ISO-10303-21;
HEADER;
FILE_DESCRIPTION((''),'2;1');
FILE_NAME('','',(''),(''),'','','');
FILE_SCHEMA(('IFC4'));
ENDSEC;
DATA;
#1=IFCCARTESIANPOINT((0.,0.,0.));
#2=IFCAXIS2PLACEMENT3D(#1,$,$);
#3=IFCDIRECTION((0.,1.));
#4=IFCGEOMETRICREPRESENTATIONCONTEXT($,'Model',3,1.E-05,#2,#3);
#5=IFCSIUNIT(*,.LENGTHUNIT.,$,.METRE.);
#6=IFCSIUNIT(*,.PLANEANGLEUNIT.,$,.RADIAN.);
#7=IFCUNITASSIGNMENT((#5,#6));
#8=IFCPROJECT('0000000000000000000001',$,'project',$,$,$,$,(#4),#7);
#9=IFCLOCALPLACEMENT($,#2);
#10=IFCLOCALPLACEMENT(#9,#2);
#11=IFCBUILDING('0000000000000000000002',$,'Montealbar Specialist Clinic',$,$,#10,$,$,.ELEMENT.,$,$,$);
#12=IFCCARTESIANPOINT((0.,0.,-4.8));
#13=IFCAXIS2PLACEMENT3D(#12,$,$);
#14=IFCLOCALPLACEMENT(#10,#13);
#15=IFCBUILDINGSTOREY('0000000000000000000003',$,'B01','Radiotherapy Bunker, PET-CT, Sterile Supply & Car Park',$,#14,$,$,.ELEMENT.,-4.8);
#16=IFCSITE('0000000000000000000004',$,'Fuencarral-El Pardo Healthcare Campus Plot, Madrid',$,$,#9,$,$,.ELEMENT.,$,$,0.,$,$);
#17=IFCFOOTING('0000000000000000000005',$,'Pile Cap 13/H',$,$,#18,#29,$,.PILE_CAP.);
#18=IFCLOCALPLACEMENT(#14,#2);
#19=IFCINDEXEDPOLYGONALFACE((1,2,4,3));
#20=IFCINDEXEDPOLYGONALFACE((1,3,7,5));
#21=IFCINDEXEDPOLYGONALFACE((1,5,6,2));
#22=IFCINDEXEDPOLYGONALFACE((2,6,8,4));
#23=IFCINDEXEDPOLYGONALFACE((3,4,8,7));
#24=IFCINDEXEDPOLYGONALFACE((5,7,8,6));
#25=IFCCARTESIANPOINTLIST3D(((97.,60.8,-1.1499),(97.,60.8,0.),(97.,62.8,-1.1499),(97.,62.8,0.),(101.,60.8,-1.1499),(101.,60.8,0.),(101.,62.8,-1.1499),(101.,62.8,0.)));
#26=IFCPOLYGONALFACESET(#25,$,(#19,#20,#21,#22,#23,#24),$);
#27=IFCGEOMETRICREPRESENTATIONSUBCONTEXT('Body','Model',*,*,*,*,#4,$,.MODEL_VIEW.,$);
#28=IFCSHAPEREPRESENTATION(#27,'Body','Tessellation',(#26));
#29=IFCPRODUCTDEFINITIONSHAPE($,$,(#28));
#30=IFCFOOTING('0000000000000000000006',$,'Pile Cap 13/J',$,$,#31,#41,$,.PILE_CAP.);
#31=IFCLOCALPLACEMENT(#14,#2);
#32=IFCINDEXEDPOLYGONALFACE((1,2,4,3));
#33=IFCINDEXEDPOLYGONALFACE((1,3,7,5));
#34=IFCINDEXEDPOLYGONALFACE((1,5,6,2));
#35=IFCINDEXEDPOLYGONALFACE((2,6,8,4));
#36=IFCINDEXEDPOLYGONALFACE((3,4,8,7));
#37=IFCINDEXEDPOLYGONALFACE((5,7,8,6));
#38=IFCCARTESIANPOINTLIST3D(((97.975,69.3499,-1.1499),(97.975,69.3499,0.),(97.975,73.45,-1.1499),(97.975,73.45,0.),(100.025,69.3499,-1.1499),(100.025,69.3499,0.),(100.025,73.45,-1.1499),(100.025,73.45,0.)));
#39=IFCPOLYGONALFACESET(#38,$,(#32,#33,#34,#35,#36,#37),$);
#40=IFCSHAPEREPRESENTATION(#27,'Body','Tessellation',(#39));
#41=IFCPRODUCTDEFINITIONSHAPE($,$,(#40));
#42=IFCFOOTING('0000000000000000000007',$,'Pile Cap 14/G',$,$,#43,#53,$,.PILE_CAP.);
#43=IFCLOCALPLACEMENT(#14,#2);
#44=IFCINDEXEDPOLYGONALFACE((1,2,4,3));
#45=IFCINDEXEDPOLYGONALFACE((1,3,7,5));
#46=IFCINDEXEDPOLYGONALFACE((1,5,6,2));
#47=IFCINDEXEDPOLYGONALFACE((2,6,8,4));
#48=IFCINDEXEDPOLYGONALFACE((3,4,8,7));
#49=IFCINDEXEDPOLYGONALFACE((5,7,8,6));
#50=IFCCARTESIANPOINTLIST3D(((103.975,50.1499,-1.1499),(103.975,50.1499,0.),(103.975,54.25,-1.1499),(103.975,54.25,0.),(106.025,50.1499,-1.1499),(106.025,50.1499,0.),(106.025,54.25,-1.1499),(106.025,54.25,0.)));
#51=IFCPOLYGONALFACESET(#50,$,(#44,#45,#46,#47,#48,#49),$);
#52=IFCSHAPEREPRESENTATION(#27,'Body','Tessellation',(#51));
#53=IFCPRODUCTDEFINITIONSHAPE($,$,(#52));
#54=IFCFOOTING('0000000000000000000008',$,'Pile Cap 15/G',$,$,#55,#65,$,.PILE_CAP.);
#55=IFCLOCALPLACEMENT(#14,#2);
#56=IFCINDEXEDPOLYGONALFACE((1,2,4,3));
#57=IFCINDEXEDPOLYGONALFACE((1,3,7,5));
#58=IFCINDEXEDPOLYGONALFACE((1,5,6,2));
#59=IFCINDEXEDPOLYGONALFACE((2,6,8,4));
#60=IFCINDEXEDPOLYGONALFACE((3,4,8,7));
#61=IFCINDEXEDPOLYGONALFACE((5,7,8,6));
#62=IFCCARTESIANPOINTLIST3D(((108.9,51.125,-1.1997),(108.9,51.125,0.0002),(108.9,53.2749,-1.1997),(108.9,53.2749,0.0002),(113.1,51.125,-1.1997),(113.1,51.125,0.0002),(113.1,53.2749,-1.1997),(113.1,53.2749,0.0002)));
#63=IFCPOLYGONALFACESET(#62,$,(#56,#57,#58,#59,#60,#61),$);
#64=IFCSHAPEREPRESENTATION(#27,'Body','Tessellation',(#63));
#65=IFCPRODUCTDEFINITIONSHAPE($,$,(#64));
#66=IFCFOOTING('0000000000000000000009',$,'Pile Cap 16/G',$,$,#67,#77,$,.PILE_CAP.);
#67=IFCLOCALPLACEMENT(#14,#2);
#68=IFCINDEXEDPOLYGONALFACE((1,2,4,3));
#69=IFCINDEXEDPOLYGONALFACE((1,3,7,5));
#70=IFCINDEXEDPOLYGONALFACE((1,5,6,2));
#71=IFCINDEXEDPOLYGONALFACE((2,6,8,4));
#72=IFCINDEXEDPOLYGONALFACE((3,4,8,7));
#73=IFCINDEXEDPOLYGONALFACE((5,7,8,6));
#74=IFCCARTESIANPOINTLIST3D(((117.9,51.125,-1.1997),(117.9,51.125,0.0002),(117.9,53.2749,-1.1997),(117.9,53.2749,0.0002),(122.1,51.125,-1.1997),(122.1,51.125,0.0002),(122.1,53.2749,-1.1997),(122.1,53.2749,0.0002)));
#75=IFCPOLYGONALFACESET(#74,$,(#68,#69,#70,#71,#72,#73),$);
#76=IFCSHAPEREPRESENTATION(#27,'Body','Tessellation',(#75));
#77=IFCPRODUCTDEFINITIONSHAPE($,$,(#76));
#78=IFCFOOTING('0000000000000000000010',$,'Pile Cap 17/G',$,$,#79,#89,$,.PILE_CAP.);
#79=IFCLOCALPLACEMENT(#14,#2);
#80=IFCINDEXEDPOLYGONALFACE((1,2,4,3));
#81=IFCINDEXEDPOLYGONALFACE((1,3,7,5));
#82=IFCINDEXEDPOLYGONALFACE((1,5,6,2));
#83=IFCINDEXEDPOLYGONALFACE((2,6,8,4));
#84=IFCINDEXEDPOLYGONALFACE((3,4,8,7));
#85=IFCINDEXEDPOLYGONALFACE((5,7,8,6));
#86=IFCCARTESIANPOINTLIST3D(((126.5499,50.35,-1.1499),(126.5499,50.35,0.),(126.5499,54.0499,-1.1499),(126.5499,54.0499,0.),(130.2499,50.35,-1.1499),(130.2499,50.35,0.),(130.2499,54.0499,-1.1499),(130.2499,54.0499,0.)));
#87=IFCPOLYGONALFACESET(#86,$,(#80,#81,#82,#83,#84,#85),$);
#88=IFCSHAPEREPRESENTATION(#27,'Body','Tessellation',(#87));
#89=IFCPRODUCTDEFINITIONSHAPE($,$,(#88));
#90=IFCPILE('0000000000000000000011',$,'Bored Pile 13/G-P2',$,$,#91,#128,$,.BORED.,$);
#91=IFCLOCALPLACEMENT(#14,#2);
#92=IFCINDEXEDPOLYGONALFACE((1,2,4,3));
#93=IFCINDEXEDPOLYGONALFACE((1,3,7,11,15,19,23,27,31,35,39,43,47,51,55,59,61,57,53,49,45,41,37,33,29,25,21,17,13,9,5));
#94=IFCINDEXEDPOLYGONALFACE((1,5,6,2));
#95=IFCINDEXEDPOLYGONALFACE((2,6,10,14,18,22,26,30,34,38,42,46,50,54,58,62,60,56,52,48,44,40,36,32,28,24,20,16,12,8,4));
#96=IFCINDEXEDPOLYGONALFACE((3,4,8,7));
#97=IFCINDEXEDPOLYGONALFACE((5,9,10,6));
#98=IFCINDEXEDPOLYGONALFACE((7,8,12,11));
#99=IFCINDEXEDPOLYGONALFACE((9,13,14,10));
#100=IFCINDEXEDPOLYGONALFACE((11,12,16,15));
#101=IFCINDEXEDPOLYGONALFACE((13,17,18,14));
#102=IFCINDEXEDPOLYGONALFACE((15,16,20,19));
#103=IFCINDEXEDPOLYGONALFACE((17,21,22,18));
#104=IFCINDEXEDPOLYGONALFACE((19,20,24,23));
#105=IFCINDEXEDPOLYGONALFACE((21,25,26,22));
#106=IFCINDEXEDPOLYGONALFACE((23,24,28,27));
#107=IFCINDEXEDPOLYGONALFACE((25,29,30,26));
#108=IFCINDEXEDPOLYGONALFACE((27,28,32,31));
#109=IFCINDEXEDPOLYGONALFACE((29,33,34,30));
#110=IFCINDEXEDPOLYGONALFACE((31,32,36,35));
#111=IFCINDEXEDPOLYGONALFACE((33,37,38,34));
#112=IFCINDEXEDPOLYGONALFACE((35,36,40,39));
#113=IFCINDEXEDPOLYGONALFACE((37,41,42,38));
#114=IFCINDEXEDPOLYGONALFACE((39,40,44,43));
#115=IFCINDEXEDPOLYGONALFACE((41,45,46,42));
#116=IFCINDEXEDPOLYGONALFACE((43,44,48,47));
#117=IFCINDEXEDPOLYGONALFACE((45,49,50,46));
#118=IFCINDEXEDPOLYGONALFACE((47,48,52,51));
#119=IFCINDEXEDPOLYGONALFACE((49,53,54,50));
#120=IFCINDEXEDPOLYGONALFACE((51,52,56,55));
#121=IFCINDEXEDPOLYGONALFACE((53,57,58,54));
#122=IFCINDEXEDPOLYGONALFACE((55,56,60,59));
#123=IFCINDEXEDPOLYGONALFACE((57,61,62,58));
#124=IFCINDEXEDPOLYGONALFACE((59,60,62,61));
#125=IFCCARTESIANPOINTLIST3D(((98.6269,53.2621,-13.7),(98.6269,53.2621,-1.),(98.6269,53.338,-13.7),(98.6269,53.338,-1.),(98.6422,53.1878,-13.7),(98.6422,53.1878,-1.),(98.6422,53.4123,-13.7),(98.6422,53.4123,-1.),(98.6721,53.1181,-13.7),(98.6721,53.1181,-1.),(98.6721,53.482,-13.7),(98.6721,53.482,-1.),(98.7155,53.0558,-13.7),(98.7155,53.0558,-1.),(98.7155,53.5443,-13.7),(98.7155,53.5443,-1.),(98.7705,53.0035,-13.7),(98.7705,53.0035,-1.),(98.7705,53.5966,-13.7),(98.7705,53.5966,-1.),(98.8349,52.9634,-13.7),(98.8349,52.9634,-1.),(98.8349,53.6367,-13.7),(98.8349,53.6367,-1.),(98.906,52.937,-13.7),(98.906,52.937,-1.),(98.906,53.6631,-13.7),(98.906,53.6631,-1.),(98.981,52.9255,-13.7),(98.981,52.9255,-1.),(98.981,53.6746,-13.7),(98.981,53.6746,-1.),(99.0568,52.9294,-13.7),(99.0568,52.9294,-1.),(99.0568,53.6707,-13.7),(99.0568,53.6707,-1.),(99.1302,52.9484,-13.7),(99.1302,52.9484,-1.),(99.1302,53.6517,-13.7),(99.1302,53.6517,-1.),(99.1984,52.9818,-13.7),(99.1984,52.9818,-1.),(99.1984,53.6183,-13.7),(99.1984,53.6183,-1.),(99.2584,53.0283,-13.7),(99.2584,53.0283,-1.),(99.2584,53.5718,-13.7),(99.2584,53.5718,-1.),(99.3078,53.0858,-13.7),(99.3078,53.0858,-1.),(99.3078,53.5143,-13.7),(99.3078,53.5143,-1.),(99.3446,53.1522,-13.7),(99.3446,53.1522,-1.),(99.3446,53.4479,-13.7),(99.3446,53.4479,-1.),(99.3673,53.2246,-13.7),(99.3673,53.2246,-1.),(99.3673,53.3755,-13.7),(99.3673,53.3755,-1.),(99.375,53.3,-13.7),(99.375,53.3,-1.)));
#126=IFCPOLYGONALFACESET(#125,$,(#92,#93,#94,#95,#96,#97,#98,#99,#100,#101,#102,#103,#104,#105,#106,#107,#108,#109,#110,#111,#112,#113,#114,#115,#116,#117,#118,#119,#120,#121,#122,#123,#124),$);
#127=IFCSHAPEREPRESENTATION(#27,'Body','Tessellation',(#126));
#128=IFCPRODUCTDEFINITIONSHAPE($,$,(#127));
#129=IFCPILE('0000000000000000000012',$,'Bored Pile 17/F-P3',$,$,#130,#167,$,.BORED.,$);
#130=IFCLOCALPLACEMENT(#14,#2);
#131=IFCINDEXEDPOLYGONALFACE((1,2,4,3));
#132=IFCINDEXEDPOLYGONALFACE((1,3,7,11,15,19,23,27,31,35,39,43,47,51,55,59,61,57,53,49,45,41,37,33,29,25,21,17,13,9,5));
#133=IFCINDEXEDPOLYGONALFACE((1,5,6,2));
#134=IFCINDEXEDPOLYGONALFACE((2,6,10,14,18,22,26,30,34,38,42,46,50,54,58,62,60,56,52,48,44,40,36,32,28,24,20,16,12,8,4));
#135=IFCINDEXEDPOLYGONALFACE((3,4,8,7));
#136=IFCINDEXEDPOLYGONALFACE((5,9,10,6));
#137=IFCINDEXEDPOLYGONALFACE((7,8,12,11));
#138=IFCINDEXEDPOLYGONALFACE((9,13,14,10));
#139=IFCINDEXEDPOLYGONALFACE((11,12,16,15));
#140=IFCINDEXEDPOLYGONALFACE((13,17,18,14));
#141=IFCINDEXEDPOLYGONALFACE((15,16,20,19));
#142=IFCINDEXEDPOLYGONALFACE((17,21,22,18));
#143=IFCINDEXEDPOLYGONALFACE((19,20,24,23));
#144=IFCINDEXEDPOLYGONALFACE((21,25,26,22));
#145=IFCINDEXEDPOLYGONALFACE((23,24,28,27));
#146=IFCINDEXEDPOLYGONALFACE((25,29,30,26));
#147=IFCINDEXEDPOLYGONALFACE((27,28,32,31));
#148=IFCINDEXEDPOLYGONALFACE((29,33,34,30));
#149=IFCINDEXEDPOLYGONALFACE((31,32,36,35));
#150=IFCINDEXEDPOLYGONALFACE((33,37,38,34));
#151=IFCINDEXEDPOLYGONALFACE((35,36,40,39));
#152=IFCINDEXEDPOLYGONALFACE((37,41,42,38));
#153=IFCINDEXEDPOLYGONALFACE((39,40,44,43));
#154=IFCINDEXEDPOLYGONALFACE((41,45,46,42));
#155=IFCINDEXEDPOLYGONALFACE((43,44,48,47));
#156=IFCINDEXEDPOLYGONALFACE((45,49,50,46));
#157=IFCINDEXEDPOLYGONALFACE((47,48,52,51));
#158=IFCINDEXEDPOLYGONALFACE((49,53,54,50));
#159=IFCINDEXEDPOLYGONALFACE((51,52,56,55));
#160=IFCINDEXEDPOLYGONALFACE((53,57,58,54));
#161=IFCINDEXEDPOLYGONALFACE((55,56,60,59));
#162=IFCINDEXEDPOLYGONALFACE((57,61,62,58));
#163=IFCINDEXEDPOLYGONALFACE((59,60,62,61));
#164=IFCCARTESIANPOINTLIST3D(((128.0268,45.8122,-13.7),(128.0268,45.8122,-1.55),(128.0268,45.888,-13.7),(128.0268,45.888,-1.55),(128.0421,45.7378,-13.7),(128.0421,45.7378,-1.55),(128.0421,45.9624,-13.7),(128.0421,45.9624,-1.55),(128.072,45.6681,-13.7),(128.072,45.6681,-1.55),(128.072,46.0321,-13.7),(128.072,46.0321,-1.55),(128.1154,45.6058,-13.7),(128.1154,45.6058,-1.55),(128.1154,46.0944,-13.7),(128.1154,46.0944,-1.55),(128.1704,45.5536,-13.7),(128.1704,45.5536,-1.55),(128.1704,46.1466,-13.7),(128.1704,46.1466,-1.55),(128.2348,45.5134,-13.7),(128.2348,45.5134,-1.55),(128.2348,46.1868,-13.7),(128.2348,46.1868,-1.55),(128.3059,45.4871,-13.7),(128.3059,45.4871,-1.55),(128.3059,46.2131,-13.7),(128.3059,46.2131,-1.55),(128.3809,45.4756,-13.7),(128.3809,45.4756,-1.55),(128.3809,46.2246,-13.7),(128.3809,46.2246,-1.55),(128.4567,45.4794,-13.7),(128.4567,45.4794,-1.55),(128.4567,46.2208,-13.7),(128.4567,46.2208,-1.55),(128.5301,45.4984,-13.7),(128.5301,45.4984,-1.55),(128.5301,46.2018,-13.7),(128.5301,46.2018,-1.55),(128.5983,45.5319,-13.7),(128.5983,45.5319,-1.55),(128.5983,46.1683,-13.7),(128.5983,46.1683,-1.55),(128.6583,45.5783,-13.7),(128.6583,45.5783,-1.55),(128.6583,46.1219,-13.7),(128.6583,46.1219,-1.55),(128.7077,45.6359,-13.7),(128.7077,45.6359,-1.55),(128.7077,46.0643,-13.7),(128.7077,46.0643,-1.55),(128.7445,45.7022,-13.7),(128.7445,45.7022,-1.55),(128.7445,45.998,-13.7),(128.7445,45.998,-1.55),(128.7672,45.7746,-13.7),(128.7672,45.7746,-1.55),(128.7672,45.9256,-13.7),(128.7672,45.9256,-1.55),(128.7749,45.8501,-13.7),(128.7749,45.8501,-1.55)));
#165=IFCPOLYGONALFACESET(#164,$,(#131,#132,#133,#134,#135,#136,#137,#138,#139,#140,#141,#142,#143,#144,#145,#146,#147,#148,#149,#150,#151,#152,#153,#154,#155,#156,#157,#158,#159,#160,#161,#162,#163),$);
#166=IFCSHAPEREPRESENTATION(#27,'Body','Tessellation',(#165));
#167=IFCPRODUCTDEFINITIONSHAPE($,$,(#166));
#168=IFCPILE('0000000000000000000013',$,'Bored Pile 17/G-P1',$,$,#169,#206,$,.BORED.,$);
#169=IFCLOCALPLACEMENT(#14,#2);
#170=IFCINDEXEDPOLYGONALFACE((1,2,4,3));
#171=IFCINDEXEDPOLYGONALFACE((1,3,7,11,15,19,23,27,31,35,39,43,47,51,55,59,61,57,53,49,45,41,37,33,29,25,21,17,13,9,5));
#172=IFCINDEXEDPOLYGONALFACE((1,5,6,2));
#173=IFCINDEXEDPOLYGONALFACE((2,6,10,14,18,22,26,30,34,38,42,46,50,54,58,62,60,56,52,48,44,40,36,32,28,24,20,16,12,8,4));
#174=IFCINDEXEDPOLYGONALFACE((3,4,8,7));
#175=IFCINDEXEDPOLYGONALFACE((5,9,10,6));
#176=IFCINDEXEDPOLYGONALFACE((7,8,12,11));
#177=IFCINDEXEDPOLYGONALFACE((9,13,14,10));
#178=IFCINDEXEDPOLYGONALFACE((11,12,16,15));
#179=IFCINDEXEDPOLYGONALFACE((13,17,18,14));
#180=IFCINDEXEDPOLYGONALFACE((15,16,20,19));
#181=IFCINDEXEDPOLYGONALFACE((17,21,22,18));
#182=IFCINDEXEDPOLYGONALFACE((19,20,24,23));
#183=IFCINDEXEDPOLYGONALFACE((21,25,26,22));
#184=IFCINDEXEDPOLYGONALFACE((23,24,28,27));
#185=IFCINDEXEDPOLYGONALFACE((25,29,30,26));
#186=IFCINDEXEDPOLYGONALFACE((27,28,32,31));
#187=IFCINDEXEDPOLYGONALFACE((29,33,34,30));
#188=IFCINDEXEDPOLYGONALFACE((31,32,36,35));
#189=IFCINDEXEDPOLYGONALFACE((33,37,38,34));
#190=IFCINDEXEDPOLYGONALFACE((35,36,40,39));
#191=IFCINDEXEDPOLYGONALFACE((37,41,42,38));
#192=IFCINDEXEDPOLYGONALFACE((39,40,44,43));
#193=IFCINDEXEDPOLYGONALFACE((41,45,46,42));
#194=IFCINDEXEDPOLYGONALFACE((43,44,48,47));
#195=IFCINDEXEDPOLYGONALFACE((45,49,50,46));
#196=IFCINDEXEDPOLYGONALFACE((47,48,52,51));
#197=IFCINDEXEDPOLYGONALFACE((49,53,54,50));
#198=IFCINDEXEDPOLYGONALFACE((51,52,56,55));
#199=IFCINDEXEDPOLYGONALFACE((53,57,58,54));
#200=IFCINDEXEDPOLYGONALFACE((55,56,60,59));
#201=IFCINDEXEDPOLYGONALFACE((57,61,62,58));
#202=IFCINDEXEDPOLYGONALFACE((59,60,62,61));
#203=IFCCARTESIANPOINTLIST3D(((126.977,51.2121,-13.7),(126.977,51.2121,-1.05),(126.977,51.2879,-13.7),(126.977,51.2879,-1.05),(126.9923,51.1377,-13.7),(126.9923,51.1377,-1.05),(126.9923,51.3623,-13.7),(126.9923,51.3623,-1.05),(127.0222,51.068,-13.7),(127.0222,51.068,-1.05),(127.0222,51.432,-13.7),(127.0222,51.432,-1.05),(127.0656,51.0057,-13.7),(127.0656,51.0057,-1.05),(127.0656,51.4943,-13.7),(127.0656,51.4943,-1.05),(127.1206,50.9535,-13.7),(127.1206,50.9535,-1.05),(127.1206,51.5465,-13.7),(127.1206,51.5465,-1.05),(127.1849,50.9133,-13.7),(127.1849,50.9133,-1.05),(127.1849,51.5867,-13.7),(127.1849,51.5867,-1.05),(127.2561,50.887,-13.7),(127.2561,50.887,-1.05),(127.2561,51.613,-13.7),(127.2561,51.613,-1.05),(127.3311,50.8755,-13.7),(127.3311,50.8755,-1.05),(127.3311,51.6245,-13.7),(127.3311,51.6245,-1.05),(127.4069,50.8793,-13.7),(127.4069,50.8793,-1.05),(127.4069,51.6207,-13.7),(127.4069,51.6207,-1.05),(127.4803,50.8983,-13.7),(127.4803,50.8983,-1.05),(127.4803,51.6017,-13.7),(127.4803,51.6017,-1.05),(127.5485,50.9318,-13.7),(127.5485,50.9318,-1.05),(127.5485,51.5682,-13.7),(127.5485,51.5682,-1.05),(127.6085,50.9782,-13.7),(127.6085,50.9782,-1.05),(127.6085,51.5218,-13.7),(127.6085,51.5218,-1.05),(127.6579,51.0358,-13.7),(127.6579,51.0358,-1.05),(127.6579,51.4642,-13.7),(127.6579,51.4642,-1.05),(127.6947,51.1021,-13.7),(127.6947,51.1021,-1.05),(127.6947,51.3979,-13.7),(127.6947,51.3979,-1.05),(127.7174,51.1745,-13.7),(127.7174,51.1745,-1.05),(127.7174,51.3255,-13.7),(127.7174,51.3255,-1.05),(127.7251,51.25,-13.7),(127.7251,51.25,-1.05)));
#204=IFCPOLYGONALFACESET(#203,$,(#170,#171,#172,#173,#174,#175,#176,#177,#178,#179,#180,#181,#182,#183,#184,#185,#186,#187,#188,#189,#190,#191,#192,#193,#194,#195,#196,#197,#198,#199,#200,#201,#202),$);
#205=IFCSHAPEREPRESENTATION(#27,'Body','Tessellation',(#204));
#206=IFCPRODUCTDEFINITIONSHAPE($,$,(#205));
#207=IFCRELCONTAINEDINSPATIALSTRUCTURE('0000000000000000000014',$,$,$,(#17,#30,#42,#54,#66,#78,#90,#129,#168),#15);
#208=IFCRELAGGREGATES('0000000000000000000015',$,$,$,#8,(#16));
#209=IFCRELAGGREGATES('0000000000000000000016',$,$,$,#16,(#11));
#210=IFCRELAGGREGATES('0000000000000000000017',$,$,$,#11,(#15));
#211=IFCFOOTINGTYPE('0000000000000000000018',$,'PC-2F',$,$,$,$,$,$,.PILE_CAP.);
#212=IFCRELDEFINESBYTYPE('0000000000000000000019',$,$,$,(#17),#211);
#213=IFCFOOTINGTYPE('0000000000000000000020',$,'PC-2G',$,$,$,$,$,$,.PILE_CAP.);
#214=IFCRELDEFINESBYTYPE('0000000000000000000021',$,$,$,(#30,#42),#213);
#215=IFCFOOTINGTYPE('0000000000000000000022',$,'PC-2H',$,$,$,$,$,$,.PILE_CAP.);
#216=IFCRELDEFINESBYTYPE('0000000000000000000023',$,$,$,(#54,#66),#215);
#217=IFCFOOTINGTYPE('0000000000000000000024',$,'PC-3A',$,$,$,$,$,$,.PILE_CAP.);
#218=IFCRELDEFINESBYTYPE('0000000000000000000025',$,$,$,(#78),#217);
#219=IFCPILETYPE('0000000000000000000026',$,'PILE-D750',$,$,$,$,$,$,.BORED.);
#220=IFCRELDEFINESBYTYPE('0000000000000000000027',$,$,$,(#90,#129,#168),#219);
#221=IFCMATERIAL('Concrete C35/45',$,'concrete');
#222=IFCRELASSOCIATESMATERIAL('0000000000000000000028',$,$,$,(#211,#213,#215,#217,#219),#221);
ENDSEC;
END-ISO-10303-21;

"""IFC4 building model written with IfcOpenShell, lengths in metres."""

from ifc_helpers import new_model, si_unit, direction, frame, origin, origin_2d, place, context, subcontext, project, spatial, rectangle, circle, extrude, material, material_profile, profile_set, type_object, element, save


model = new_model("IFC4")

# Units and contexts
model_context = context("Model", 3, precision=1e-05, world=origin(), true_north=direction((0.0, 1.0)))
body_context = subcontext(model_context, "Body", "Model", "MODEL_VIEW")
ifc_project = project(units=[si_unit("LENGTHUNIT", "METRE"), si_unit("PLANEANGLEUNIT", "RADIAN")], contexts=[model_context])

# Site, building, storey
site_placement = place(None, origin())
site = spatial("IfcSite", under=ifc_project, at=site_placement, Name="Fuencarral-El Pardo Healthcare Campus Plot, Madrid", CompositionType="ELEMENT", RefElevation=0.0)
building_placement = place(site_placement, origin())
building = spatial("IfcBuilding", under=site, at=building_placement, Name="Montealbar Specialist Clinic", CompositionType="ELEMENT")
storey_placement = place(building_placement, frame((0.0, 0.0, -4.8)))
storey = spatial("IfcBuildingStorey", under=building, at=storey_placement, Name="B01", Description="Radiotherapy Bunker, PET-CT, Sterile Supply & Car Park", CompositionType="ELEMENT", Elevation=-4.8)

# Footings
ifc_material_1 = material(Name="Concrete C35/45", Category="concrete")
footing_type_1 = type_object("IfcFootingType", Name="PC-2F", PredefinedType="PILE_CAP", material=ifc_material_1)
footing_1_placement = place(storey_placement, frame((99.0, 61.8, -1.1499), z_axis=(0.0, 0.0, 1.0), x_axis=(1.0, 0.0, 0.0)))
element("IfcFooting", 1, at=footing_1_placement, inside=storey, type_object=footing_type_1, Name="Pile Cap 13/H", PredefinedType="PILE_CAP", context=body_context, shape_type="SweptSolid", body=[
    extrude(rectangle(XDim=4.0, YDim=2.0, at=origin_2d()), origin(), (0.0, 0.0, 1.0), 1.1499),
])
footing_type_2 = type_object("IfcFootingType", Name="PC-2G", PredefinedType="PILE_CAP", material=ifc_material_1)
for number, where, z_axis, x_axis, name in (
    (2, (99.0, 71.3999, -1.1499), (0.0, 0.0, 1.0), (1.0, 0.0, 0.0), "Pile Cap 13/J"),
    (3, (105.0, 52.2, -1.1499), (0.0, 0.0, 1.0), (1.0, 0.0, 0.0), "Pile Cap 14/G"),
):
    element("IfcFooting", number, at=place(storey_placement, frame(where, z_axis=z_axis, x_axis=x_axis)), inside=storey, type_object=footing_type_2, Name=name, PredefinedType="PILE_CAP", context=body_context, shape_type="SweptSolid", body=[
        extrude(rectangle(XDim=2.05, YDim=4.1001, at=origin_2d()), origin(), (0.0, 0.0, 1.0), 1.1499),
    ])
footing_type_3 = type_object("IfcFootingType", Name="PC-2H", PredefinedType="PILE_CAP", material=ifc_material_1)
for number, where, z_axis, x_axis, name in (
    (4, (111.0, 52.2, -1.1997), (0.0, 0.0, 1.0), (1.0, 0.0, 0.0), "Pile Cap 15/G"),
    (5, (120.0, 52.2, -1.1997), (0.0, 0.0, 1.0), (1.0, 0.0, 0.0), "Pile Cap 16/G"),
):
    element("IfcFooting", number, at=place(storey_placement, frame(where, z_axis=z_axis, x_axis=x_axis)), inside=storey, type_object=footing_type_3, Name=name, PredefinedType="PILE_CAP", context=body_context, shape_type="SweptSolid", body=[
        extrude(rectangle(XDim=4.2, YDim=2.1499, at=origin_2d()), origin(), (0.0, 0.0, 1.0), 1.2),
    ])
footing_type_4 = type_object("IfcFootingType", Name="PC-3A", PredefinedType="PILE_CAP", material=ifc_material_1)
footing_2_placement = place(storey_placement, frame((128.3999, 52.2, -1.1499), z_axis=(0.0, 0.0, 1.0), x_axis=(1.0, 0.0, 0.0)))
element("IfcFooting", 6, at=footing_2_placement, inside=storey, type_object=footing_type_4, Name="Pile Cap 17/G", PredefinedType="PILE_CAP", context=body_context, shape_type="SweptSolid", body=[
    extrude(rectangle(XDim=3.7, YDim=3.7, at=origin_2d()), origin(), (0.0, 0.0, 1.0), 1.1499),
])

# Piles
ifc_material_profile_1 = material_profile(ifc_material_1, circle(Radius=0.375, at=origin_2d()), Name="PILE D750", Category="concrete")
ifc_profile_set_1 = profile_set([ifc_material_profile_1], Name="Concrete C35/45")
pile_type_1 = type_object("IfcPileType", Name="PILE-D750", PredefinedType="BORED", material=ifc_profile_set_1)
pile_1_placement = place(storey_placement, frame((99.0, 53.3, -1.0), z_axis=(0.0, 0.0, -1.0), x_axis=(1.0, 0.0, 0.0)))
element("IfcPile", 7, at=pile_1_placement, inside=storey, type_object=pile_type_1, Name="Bored Pile 13/G-P2", PredefinedType="BORED", context=body_context, shape_type="SweptSolid", body=[
    extrude(circle(Radius=0.375, at=origin_2d()), origin(), (0.0, 0.0, 1.0), 12.7),
])
pile_2_placement = place(storey_placement, frame((128.3999, 45.8501, -1.55), z_axis=(0.0, 0.0, -1.0), x_axis=(1.0, 0.0, 0.0)))
element("IfcPile", 8, at=pile_2_placement, inside=storey, type_object=pile_type_1, Name="Bored Pile 17/F-P3", PredefinedType="BORED", context=body_context, shape_type="SweptSolid", body=[
    extrude(circle(Radius=0.375, at=origin_2d()), origin(), (0.0, 0.0, 1.0), 12.1499),
])
pile_3_placement = place(storey_placement, frame((127.3501, 51.25, -1.05), z_axis=(0.0, 0.0, -1.0), x_axis=(1.0, 0.0, 0.0)))
element("IfcPile", 9, at=pile_3_placement, inside=storey, type_object=pile_type_1, Name="Bored Pile 17/G-P1", PredefinedType="BORED", context=body_context, shape_type="SweptSolid", body=[
    extrude(circle(Radius=0.375, at=origin_2d()), origin(), (0.0, 0.0, 1.0), 12.6499),
])

save(model, "model.ifc")
